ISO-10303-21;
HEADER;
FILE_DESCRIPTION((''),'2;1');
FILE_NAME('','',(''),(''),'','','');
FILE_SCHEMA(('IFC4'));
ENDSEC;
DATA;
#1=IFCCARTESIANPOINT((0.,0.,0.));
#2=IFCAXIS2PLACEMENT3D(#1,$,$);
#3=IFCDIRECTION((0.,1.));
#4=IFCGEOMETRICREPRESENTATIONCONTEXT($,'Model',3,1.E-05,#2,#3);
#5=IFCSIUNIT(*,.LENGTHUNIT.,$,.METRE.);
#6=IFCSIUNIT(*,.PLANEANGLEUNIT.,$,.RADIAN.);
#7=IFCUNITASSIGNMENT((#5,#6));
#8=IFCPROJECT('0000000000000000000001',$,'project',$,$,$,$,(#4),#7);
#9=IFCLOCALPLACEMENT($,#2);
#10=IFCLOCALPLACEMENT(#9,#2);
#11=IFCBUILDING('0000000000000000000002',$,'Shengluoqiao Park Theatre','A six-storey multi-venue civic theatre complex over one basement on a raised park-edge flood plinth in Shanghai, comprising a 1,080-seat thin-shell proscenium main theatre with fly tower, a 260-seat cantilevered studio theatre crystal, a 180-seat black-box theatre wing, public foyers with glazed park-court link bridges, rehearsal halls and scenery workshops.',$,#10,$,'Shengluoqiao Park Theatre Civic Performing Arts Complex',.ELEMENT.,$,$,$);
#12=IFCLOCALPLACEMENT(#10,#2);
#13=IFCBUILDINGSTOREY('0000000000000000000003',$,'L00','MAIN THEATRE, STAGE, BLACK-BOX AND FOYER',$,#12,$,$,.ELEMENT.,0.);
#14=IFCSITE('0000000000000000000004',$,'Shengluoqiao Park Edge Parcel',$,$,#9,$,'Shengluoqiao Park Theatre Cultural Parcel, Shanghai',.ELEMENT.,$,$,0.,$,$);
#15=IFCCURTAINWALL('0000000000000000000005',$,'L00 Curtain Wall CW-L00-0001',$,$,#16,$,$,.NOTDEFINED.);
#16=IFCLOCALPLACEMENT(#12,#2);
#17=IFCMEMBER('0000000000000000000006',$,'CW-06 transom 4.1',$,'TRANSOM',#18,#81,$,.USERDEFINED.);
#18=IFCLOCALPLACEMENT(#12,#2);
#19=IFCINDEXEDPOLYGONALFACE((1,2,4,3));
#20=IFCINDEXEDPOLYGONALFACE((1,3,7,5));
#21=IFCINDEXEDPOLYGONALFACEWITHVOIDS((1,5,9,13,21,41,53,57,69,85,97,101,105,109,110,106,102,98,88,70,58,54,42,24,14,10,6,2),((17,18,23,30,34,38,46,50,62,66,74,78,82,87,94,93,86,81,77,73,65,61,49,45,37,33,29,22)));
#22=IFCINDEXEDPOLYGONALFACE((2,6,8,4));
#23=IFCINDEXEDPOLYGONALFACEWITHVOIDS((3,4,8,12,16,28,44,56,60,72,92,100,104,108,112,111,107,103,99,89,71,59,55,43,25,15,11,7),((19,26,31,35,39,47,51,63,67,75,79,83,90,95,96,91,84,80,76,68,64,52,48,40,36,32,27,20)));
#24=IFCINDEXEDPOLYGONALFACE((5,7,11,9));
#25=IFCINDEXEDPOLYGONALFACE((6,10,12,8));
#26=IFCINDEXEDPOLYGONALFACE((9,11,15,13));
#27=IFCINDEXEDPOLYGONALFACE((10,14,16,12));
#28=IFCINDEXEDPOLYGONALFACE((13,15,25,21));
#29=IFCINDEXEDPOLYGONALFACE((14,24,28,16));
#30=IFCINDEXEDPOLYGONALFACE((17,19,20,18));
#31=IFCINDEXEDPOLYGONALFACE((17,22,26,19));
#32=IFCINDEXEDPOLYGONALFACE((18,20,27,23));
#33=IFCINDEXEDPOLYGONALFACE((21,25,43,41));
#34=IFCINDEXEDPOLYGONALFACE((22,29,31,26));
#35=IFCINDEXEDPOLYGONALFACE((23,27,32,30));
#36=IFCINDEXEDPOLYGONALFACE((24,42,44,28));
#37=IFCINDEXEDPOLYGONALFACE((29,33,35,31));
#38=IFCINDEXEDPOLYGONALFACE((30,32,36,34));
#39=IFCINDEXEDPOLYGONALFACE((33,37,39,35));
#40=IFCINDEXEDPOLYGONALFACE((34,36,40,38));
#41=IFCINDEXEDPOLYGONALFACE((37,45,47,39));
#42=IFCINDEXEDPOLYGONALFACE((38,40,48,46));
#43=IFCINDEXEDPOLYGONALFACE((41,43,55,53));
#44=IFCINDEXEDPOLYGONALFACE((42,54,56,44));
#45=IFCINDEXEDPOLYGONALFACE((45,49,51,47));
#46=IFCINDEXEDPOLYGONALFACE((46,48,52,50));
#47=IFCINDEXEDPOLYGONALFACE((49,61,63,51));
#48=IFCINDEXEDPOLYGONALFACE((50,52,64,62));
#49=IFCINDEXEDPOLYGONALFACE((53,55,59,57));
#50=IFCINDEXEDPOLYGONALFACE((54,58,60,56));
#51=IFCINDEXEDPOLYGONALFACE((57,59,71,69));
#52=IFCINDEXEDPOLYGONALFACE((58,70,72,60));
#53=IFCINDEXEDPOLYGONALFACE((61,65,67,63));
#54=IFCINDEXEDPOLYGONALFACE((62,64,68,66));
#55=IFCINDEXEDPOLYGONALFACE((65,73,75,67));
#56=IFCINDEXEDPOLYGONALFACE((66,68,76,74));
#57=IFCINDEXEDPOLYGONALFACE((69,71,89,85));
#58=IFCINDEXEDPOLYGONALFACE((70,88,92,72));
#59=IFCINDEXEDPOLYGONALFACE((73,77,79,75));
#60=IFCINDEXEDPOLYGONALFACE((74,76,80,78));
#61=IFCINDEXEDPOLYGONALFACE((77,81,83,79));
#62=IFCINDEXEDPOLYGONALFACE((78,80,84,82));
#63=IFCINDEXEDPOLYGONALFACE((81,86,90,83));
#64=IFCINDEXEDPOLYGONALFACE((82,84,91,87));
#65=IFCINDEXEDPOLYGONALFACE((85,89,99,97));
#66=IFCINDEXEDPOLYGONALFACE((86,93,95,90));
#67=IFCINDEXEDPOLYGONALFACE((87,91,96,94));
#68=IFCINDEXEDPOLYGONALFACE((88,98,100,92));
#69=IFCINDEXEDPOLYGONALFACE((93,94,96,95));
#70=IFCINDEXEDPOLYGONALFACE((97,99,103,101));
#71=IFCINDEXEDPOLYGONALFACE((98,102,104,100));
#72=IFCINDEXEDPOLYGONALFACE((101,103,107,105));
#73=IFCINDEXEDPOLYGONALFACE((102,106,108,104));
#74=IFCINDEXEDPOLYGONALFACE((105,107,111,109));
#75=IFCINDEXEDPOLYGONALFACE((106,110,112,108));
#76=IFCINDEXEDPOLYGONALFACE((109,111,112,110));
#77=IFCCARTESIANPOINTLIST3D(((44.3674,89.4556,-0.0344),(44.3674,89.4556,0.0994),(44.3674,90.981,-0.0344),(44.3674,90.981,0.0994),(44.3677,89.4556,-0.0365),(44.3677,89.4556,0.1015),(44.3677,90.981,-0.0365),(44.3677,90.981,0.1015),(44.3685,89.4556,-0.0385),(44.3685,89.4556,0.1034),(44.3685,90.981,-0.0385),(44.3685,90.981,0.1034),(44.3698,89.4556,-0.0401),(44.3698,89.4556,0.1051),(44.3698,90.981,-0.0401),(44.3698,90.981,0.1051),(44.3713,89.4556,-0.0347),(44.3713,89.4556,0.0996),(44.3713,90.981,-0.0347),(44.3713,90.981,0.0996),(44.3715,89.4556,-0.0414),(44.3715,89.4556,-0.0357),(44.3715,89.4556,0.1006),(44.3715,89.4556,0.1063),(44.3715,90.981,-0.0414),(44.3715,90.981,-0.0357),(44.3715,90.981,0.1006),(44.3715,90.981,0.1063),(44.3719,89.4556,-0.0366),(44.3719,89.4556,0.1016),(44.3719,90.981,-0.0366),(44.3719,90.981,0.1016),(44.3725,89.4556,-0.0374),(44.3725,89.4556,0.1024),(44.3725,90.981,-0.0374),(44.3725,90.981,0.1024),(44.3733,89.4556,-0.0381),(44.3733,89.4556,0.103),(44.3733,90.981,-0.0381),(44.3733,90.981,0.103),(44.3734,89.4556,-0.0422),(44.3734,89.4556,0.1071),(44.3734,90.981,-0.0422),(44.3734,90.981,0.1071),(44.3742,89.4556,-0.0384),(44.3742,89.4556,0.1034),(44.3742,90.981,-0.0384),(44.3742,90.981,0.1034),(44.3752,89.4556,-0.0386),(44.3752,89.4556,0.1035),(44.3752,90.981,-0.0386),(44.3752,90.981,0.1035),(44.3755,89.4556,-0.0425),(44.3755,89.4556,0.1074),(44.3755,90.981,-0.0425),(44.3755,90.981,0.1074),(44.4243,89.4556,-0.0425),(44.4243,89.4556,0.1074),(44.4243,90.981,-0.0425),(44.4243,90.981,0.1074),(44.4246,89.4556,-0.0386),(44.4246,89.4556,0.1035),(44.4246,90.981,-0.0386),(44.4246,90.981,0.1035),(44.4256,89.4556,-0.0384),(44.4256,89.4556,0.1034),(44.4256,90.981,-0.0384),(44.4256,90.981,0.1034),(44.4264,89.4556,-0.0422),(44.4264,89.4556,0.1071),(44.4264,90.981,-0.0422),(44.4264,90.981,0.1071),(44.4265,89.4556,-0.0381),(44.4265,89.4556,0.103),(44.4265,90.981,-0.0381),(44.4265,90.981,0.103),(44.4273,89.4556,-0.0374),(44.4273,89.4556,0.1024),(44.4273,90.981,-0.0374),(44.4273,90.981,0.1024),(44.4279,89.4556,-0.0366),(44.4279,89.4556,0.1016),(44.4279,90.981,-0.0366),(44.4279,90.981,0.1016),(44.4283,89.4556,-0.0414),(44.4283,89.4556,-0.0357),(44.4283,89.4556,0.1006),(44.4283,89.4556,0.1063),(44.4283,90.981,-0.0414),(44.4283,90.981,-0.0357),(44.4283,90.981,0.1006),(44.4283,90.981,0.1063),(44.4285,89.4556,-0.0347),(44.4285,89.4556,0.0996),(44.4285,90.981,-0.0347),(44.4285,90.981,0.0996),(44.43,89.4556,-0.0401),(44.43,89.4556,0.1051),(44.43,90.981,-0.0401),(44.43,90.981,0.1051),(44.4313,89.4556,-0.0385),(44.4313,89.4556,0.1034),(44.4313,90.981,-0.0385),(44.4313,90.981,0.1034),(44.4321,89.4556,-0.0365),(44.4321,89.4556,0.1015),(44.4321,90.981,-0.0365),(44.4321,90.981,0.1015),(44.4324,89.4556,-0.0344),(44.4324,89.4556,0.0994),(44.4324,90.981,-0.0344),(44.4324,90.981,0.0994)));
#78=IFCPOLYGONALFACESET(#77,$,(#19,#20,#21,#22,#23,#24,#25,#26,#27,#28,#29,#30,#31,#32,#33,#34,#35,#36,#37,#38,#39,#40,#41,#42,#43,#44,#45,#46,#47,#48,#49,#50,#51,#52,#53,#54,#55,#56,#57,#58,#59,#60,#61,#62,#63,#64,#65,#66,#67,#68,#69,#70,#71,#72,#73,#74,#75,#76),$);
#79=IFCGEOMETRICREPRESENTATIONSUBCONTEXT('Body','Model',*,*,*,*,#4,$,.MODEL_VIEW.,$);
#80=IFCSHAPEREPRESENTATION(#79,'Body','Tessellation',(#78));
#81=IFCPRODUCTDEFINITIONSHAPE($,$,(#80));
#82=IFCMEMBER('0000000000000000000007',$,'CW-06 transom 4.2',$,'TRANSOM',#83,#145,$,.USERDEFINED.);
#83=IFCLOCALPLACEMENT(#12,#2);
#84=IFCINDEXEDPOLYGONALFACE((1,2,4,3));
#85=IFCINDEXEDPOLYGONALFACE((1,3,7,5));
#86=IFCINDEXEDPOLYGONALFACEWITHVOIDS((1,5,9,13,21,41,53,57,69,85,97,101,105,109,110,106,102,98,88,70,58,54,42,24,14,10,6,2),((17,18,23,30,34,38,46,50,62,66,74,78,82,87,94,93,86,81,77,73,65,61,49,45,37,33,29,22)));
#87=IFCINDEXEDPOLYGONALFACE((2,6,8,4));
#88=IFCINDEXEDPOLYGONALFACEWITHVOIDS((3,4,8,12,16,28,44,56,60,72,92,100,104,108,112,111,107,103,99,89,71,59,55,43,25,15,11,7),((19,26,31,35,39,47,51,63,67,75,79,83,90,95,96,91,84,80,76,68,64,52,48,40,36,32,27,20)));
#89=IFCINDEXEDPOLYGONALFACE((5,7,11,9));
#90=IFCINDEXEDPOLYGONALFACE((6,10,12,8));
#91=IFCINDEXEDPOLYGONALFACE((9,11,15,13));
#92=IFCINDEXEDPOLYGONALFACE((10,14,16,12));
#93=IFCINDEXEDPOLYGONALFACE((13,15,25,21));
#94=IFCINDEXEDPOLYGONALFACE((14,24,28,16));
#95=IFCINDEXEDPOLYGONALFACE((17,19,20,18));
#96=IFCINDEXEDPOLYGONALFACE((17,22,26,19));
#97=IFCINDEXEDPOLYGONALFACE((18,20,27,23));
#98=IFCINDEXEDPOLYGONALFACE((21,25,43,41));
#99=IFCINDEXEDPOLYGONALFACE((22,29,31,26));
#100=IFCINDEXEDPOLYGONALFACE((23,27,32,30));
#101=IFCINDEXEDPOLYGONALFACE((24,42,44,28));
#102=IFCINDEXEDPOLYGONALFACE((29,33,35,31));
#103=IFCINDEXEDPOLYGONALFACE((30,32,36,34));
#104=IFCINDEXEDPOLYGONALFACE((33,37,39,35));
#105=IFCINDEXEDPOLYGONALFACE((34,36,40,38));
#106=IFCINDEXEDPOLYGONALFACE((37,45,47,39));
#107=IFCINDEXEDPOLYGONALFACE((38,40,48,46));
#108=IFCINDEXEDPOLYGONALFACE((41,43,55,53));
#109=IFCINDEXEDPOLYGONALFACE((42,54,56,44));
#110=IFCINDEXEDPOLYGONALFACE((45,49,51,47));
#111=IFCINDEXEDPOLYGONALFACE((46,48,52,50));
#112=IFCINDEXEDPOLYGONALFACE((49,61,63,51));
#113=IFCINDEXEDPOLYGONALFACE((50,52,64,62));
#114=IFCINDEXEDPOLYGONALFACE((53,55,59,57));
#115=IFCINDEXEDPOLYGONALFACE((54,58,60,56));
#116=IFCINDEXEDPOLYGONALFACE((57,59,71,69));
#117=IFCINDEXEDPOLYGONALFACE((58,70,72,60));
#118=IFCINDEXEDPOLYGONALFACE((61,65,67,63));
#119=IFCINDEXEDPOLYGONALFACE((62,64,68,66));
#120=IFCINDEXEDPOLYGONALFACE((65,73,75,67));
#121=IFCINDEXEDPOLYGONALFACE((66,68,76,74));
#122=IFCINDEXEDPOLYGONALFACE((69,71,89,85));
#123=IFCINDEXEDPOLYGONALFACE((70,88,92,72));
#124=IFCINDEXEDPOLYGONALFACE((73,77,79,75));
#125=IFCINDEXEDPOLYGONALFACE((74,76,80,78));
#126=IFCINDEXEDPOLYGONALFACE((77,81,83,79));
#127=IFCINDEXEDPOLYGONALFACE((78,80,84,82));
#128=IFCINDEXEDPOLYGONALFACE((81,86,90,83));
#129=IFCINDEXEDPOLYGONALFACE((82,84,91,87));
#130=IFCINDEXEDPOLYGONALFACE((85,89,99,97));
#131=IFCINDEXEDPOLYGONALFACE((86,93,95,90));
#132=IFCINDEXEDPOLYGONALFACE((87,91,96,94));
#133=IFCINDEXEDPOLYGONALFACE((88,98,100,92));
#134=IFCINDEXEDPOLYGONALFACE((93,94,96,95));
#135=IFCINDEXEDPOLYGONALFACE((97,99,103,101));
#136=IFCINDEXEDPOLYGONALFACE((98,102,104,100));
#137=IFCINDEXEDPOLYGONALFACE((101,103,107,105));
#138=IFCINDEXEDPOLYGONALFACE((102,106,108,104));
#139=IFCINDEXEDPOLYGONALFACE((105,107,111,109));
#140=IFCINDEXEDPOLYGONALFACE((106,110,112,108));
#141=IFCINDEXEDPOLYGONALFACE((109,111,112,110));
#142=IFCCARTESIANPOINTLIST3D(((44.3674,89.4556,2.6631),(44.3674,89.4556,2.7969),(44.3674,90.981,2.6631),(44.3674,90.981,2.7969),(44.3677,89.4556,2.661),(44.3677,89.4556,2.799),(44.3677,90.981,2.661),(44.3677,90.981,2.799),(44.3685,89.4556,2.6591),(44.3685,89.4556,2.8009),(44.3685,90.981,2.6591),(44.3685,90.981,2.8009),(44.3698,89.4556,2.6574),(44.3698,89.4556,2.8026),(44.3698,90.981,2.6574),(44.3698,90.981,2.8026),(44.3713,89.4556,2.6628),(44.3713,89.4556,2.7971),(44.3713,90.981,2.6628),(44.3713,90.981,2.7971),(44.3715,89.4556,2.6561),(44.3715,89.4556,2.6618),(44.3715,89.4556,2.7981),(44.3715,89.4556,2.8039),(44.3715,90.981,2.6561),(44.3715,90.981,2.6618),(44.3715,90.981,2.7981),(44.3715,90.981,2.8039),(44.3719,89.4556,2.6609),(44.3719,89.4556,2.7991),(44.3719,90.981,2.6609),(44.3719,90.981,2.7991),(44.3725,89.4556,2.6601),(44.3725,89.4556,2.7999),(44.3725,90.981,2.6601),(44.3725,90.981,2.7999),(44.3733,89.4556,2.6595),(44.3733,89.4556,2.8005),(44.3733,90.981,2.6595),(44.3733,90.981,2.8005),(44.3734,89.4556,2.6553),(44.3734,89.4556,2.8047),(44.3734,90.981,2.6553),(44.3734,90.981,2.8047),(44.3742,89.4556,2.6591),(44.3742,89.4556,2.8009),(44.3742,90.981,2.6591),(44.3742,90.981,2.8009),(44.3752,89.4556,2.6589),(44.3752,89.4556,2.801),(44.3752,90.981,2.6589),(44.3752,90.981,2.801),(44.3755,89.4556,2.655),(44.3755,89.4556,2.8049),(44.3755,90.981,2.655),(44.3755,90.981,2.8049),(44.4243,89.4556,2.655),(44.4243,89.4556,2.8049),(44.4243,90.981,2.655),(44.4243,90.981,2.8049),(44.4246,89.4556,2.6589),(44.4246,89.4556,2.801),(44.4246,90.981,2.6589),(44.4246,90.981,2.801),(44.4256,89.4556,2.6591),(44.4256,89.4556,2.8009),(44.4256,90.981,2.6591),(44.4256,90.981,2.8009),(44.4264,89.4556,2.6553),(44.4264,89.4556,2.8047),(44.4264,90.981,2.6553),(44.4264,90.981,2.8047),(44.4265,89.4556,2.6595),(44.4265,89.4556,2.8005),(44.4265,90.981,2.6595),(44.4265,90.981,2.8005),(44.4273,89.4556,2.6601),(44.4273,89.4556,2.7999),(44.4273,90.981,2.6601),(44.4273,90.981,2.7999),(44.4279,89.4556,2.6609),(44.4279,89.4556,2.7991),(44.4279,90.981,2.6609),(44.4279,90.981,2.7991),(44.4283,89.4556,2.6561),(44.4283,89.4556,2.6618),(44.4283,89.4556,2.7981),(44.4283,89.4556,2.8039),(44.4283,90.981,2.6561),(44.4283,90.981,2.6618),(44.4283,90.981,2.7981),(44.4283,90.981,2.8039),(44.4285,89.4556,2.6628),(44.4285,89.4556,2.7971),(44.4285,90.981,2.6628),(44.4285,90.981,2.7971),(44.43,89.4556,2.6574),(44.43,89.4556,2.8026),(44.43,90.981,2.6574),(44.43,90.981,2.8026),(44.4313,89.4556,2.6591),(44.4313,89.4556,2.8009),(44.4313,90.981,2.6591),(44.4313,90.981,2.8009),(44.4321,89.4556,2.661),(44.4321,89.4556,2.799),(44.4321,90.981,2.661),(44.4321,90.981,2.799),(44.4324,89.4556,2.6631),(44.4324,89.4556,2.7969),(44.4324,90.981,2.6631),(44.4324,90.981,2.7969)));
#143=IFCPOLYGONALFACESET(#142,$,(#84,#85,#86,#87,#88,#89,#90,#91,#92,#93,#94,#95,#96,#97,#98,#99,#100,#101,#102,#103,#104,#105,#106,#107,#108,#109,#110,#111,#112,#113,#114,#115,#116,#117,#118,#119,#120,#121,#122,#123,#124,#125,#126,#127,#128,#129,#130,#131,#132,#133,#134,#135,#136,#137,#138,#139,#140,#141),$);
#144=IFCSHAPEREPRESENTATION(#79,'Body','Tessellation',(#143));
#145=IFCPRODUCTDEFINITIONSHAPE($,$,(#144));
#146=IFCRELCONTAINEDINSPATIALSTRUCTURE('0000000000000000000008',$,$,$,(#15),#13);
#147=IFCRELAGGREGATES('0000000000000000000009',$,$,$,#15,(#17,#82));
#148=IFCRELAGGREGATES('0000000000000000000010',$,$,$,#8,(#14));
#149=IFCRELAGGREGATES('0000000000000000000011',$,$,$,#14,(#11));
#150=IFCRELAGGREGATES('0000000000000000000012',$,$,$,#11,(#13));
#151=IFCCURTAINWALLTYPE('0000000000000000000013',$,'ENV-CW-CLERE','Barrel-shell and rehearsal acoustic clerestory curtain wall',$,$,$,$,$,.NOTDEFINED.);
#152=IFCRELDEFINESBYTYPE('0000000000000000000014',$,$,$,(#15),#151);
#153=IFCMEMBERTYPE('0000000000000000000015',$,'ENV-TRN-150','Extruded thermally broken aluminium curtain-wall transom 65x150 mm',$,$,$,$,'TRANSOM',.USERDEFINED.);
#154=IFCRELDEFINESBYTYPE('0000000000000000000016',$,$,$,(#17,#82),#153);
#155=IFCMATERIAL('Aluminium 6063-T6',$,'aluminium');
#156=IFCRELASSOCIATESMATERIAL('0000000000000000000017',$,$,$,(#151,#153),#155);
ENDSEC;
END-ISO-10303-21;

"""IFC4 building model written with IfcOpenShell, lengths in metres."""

from ifc_helpers import new_model, si_unit, direction, frame, origin, origin_2d, place, context, subcontext, project, spatial, hollow_rectangle, extrude, material, material_profile, profile_set, type_object, element, aggregate, save


model = new_model("IFC4")

# Units and contexts
model_context = context("Model", 3, precision=1e-05, world=origin(), true_north=direction((0.0, 1.0)))
body_context = subcontext(model_context, "Body", "Model", "MODEL_VIEW")
ifc_project = project(units=[si_unit("LENGTHUNIT", "METRE"), si_unit("PLANEANGLEUNIT", "RADIAN")], contexts=[model_context])

# Site, building, storey
site_placement = place(None, origin())
site = spatial("IfcSite", under=ifc_project, at=site_placement, Name="Shengluoqiao Park Edge Parcel", LongName="Shengluoqiao Park Theatre Cultural Parcel, Shanghai", CompositionType="ELEMENT", RefElevation=0.0)
building_placement = place(site_placement, origin())
building = spatial("IfcBuilding", under=site, at=building_placement, Name="Shengluoqiao Park Theatre", Description="A six-storey multi-venue civic theatre complex over one basement on a raised park-edge flood plinth in Shanghai, comprising a 1,080-seat thin-shell proscenium main theatre with fly tower, a 260-seat cantilevered studio theatre crystal, a 180-seat black-box theatre wing, public foyers with glazed park-court link bridges, rehearsal halls and scenery workshops.", LongName="Shengluoqiao Park Theatre Civic Performing Arts Complex", CompositionType="ELEMENT")
storey_placement = place(building_placement, origin())
storey = spatial("IfcBuildingStorey", under=building, at=storey_placement, Name="L00", Description="MAIN THEATRE, STAGE, BLACK-BOX AND FOYER", CompositionType="ELEMENT", Elevation=0.0)

# Curtain wall, members
ifc_material_1 = material(Name="Aluminium 6063-T6", Category="aluminium")
curtain_wall_type = type_object("IfcCurtainWallType", Name="ENV-CW-CLERE", Description="Barrel-shell and rehearsal acoustic clerestory curtain wall", PredefinedType="NOTDEFINED", material=ifc_material_1)
curtain_wall_placement = place(storey_placement, origin())
curtain_wall = element("IfcCurtainWall", 1, at=curtain_wall_placement, inside=storey, type_object=curtain_wall_type, Name="L00 Curtain Wall CW-L00-0001", PredefinedType="NOTDEFINED")
ifc_material_profile_1 = material_profile(ifc_material_1, hollow_rectangle(XDim=0.0649, YDim=0.1499, WallThickness=0.0039, InnerFilletRadius=0.0039, OuterFilletRadius=0.0081, at=origin_2d()), Name="ALU TRANSOM 150x65x4")
ifc_profile_set_1 = profile_set([ifc_material_profile_1], Name="Aluminium 6063-T6")
member_type_1 = type_object("IfcMemberType", Name="ENV-TRN-150", Description="Extruded thermally broken aluminium curtain-wall transom 65x150 mm", ElementType="TRANSOM", PredefinedType="USERDEFINED", material=ifc_profile_set_1)
member_1_placement = place(storey_placement, frame((44.3999, 89.4556, 0.0325), z_axis=(0.0, 1.0, 0.0), x_axis=(-1.0, 0.0, 0.0)))
member_1 = element("IfcMember", 2, at=member_1_placement, type_object=member_type_1, Name="CW-06 transom 4.1", ObjectType="TRANSOM", PredefinedType="USERDEFINED", context=body_context, shape_type="SweptSolid", body=[
    extrude(hollow_rectangle(XDim=0.0649, YDim=0.1499, WallThickness=0.0039, InnerFilletRadius=0.0039, OuterFilletRadius=0.0081, at=origin_2d()), origin(), (0.0, 0.0, 1.0), 1.5254),
])
member_2_placement = place(storey_placement, frame((44.3999, 89.4556, 2.73), z_axis=(0.0, 1.0, 0.0), x_axis=(-1.0, 0.0, 0.0)))
member_2 = element("IfcMember", 3, at=member_2_placement, type_object=member_type_1, Name="CW-06 transom 4.2", ObjectType="TRANSOM", PredefinedType="USERDEFINED", context=body_context, shape_type="SweptSolid", body=[
    extrude(hollow_rectangle(XDim=0.0649, YDim=0.1499, WallThickness=0.0039, InnerFilletRadius=0.0039, OuterFilletRadius=0.0081, at=origin_2d()), origin(), (0.0, 0.0, 1.0), 1.5254),
])

aggregate(curtain_wall, [member_1, member_2])

save(model, "model.ifc")
